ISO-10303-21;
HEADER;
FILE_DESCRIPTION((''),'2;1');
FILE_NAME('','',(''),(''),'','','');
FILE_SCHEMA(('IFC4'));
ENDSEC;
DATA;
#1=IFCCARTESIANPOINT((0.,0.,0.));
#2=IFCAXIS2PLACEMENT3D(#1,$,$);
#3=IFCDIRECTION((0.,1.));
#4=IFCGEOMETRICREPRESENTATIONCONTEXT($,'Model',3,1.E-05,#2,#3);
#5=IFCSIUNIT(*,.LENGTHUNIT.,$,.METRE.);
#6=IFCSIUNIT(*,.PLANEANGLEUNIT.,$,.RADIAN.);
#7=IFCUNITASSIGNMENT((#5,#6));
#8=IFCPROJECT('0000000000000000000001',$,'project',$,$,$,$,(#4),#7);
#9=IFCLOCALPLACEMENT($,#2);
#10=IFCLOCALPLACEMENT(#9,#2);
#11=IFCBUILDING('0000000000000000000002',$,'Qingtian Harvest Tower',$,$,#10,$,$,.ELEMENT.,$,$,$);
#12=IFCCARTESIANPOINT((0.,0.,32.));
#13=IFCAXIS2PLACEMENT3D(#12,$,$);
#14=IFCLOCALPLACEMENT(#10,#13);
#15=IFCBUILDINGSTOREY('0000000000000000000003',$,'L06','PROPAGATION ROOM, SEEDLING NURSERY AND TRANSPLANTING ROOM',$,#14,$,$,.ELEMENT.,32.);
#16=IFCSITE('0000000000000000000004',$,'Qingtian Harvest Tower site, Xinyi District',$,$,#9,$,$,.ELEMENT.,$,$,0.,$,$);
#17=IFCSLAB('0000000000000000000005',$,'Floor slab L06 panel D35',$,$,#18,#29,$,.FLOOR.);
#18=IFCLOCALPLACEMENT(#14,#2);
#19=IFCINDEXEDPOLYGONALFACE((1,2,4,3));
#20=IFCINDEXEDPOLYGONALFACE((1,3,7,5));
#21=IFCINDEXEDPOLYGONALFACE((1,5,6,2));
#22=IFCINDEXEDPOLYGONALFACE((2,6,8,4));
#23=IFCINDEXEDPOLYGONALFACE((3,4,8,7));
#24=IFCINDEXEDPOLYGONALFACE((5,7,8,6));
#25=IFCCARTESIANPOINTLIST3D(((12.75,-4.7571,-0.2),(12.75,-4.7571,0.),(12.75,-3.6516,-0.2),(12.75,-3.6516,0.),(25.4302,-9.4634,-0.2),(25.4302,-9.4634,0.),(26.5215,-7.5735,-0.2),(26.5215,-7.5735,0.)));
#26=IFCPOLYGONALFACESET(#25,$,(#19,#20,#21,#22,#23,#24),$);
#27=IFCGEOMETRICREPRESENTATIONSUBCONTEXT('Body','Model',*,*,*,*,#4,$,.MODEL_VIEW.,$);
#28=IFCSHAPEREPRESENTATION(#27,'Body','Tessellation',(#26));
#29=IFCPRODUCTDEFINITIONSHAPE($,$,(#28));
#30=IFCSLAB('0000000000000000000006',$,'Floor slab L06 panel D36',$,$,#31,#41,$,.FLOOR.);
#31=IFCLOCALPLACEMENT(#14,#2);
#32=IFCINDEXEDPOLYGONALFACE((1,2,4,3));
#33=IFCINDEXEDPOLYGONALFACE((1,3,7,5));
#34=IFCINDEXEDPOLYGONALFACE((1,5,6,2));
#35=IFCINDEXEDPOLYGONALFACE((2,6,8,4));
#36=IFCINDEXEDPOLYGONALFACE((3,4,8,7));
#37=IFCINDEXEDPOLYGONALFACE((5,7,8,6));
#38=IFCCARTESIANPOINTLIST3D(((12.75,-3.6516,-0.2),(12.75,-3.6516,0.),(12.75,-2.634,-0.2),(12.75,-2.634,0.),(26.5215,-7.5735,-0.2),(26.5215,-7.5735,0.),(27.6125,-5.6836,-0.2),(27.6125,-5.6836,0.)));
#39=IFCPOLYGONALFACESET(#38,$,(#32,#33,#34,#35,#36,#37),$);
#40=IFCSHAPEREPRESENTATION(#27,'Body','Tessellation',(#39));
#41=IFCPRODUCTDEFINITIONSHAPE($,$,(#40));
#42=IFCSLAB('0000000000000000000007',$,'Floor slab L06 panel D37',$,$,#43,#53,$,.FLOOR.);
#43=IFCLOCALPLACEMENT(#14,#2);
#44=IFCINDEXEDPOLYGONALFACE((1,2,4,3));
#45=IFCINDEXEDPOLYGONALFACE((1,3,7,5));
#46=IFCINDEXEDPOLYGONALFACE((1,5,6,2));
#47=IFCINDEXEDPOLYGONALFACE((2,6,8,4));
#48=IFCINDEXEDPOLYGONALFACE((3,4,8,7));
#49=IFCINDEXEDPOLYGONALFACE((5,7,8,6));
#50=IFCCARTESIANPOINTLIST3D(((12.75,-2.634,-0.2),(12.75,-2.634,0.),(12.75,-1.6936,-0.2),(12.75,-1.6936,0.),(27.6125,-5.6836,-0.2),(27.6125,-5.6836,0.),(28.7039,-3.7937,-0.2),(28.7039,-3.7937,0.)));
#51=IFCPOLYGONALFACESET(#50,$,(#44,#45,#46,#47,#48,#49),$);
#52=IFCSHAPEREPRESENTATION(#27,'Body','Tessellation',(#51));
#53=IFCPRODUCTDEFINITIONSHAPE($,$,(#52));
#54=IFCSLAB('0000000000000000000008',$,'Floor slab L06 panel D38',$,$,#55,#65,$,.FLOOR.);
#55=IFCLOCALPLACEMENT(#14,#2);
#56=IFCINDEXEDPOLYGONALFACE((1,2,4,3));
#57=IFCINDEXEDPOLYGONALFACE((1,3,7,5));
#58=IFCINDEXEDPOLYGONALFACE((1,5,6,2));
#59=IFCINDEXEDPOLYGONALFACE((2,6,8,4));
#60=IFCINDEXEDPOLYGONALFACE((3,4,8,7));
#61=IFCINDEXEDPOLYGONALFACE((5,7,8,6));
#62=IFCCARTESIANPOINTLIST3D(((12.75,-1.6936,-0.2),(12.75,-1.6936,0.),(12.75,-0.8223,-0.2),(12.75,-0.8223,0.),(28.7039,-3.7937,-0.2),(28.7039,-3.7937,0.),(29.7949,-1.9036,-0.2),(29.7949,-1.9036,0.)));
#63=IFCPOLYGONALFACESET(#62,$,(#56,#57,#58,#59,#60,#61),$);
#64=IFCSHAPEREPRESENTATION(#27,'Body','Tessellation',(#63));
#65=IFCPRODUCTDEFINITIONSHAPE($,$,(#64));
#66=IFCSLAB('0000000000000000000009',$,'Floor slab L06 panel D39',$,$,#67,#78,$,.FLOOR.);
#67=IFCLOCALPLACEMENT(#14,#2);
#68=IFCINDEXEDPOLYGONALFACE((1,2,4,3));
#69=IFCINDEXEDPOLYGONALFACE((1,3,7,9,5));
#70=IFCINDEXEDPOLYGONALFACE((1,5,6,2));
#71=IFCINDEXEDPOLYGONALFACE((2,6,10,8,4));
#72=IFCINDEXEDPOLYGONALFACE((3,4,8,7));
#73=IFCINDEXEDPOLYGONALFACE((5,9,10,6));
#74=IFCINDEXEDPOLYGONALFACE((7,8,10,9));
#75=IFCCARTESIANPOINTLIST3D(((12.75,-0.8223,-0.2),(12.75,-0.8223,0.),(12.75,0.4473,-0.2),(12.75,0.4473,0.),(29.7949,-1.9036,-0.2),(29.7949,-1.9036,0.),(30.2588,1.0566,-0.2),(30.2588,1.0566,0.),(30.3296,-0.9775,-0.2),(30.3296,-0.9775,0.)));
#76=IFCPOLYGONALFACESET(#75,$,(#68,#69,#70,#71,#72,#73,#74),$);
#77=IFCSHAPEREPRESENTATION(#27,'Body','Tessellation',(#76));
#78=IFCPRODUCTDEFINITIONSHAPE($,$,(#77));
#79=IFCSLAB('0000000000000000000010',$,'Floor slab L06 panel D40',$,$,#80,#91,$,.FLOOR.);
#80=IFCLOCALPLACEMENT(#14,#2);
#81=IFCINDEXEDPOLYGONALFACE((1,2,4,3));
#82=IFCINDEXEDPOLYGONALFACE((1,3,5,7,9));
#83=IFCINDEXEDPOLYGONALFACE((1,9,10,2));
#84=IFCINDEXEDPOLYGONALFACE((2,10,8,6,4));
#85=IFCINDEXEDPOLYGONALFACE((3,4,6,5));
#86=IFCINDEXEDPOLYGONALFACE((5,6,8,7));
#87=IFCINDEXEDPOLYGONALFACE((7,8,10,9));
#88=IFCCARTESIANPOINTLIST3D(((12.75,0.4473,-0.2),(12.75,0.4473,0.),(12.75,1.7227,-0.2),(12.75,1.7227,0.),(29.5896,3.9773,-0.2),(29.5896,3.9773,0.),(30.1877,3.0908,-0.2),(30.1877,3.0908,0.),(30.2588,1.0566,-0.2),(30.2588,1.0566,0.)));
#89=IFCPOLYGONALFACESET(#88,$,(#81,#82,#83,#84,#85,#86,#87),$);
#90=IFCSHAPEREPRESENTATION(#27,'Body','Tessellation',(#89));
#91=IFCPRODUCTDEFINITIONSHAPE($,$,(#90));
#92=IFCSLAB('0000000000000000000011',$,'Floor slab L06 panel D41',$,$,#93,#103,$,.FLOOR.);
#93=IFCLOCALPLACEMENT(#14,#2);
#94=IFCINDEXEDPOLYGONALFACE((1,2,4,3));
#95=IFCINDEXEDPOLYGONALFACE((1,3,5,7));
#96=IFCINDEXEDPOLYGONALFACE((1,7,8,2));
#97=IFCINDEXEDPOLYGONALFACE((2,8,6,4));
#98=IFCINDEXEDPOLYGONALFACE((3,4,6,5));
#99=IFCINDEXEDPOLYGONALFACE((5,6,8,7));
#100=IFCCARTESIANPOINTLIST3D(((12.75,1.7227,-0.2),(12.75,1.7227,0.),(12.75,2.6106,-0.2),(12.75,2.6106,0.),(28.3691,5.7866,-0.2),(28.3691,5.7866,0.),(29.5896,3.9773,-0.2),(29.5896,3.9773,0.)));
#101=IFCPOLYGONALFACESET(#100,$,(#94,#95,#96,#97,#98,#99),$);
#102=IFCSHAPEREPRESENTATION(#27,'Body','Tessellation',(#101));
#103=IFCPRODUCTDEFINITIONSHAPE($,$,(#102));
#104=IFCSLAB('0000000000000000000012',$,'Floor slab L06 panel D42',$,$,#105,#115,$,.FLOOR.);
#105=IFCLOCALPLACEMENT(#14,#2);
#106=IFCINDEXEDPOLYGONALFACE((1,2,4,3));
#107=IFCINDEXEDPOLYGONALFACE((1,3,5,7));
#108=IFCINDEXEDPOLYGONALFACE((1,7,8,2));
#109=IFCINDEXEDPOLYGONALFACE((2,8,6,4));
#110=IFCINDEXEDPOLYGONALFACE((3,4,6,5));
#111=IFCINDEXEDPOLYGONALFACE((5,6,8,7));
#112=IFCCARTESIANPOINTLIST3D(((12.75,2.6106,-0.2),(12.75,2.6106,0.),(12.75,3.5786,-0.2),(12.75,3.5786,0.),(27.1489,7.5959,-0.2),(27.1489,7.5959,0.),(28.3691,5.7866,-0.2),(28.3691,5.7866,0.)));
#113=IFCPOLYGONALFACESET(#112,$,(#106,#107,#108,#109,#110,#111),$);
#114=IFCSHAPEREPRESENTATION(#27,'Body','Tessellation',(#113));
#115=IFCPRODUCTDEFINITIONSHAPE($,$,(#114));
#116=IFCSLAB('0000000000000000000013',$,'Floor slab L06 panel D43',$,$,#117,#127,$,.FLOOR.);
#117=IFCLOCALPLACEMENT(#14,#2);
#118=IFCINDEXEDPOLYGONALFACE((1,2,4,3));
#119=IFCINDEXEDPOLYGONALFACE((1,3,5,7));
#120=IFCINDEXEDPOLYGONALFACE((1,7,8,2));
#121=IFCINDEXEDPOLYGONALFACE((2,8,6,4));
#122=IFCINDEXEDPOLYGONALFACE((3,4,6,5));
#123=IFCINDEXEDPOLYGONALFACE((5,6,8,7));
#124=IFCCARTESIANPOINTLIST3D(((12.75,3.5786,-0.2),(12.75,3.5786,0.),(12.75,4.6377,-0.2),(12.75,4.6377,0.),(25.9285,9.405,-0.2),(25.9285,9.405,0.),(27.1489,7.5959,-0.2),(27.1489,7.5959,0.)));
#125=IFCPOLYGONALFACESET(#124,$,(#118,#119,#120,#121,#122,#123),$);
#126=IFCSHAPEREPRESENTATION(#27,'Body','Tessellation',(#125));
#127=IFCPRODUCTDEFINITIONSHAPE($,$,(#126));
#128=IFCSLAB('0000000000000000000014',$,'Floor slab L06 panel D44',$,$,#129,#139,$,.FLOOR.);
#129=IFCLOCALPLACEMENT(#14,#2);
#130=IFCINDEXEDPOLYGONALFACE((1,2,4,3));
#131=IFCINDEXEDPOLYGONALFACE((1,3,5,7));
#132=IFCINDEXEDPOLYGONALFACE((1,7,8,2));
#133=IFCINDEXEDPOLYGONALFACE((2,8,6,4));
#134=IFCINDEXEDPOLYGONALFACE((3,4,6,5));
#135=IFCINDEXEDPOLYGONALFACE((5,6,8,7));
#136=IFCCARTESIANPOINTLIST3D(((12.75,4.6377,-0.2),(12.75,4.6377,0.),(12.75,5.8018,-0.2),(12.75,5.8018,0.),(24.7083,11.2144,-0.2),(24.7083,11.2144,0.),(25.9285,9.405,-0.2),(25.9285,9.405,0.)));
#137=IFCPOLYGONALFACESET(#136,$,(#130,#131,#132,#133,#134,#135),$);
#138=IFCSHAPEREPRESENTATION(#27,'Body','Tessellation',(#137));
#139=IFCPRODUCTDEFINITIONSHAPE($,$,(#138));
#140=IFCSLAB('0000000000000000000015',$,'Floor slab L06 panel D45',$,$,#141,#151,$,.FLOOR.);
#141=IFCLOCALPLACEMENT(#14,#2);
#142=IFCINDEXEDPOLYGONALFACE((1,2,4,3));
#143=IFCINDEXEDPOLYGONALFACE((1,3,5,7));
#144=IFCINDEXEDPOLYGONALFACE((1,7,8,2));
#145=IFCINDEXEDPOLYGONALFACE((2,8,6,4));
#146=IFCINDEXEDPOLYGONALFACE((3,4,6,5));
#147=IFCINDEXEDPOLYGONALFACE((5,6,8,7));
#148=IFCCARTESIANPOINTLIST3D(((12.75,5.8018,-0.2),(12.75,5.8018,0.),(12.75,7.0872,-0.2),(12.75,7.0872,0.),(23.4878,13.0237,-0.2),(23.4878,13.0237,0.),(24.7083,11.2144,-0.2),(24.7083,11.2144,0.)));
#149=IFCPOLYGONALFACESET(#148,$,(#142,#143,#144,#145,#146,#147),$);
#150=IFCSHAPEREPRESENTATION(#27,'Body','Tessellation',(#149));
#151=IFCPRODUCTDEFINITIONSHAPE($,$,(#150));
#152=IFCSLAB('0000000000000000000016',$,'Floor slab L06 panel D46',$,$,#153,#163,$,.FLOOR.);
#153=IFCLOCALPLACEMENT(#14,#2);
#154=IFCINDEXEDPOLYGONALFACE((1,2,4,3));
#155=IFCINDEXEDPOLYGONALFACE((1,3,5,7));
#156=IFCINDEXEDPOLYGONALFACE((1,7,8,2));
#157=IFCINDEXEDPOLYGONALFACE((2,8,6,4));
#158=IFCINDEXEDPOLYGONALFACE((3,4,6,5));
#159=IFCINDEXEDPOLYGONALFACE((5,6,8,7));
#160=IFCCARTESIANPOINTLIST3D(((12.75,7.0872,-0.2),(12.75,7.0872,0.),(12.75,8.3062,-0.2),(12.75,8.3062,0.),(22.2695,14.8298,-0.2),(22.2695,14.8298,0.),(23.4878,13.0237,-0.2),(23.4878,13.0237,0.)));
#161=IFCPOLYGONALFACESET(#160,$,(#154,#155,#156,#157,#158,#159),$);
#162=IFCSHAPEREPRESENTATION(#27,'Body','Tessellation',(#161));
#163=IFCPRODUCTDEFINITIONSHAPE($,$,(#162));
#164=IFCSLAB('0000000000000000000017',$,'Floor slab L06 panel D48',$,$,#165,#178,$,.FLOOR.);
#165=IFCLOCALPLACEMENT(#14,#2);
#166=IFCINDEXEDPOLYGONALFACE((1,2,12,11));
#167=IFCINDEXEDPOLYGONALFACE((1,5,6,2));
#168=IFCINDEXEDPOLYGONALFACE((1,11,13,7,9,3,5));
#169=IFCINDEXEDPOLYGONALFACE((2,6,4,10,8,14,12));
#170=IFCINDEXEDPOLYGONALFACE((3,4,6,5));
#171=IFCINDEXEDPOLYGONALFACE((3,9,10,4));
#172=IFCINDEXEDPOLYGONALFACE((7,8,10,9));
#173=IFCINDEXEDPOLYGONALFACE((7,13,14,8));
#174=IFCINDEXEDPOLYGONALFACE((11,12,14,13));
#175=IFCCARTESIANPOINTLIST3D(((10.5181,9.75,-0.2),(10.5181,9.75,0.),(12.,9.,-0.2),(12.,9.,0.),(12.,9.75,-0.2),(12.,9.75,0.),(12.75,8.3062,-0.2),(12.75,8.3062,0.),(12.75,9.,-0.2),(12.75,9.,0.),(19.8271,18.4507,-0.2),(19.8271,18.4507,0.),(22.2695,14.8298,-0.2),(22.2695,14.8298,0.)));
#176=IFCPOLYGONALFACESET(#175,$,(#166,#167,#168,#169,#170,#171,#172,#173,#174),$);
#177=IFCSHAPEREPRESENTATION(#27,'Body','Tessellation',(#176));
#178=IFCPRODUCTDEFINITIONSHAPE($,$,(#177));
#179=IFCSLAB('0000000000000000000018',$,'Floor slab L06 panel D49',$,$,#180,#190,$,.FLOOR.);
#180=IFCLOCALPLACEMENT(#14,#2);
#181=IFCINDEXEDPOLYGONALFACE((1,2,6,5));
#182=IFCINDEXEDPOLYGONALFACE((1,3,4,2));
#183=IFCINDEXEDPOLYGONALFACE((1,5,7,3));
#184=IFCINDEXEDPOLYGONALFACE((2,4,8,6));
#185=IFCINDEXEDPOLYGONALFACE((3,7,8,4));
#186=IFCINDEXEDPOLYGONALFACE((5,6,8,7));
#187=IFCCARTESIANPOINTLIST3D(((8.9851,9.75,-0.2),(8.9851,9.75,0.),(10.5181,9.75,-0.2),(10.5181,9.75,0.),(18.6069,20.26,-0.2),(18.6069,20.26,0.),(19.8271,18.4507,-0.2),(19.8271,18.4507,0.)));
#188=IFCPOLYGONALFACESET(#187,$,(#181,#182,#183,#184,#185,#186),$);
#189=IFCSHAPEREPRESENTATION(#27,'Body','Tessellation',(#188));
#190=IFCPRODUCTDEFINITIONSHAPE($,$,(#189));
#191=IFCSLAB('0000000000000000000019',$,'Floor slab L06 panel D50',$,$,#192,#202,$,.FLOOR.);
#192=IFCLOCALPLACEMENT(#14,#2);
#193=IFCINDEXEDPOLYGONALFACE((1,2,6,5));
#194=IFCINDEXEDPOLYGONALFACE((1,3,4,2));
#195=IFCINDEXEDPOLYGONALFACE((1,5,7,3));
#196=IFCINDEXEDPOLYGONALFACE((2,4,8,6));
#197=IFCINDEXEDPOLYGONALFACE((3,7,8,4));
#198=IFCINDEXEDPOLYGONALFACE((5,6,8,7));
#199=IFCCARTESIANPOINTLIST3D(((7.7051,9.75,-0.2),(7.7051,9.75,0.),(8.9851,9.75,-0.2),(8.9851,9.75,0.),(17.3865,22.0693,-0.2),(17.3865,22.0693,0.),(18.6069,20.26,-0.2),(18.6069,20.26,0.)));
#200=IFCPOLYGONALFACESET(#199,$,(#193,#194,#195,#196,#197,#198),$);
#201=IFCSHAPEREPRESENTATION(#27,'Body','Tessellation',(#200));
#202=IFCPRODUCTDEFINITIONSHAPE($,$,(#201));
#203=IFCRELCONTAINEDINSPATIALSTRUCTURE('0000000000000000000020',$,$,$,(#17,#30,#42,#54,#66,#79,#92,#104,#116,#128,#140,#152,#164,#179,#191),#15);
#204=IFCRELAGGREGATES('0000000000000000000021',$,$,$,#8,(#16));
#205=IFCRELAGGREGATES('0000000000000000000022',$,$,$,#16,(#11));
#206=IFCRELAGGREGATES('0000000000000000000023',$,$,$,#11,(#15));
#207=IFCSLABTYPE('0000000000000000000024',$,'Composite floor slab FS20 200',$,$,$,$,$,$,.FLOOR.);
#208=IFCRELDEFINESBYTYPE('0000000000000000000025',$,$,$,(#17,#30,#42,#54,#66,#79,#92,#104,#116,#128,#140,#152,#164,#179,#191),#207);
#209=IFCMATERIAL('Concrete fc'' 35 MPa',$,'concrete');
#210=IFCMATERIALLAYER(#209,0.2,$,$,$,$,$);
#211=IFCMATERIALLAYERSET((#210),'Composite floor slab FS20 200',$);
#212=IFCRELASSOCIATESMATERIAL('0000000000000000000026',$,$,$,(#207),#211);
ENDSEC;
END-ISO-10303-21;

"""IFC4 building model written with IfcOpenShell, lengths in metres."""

from ifc_helpers import new_model, si_unit, direction, frame, origin, place, context, subcontext, project, spatial, polyline, outline, extrude, material, layer, layer_set, type_object, element, save


model = new_model("IFC4")

# Units and contexts
model_context = context("Model", 3, precision=1e-05, world=origin(), true_north=direction((0.0, 1.0)))
body_context = subcontext(model_context, "Body", "Model", "MODEL_VIEW")
ifc_project = project(units=[si_unit("LENGTHUNIT", "METRE"), si_unit("PLANEANGLEUNIT", "RADIAN")], contexts=[model_context])

# Site, building, storey
site_placement = place(None, origin())
site = spatial("IfcSite", under=ifc_project, at=site_placement, Name="Qingtian Harvest Tower site, Xinyi District", CompositionType="ELEMENT", RefElevation=0.0)
building_placement = place(site_placement, origin())
building = spatial("IfcBuilding", under=site, at=building_placement, Name="Qingtian Harvest Tower", CompositionType="ELEMENT")
storey_placement = place(building_placement, frame((0.0, 0.0, 32.0)))
storey = spatial("IfcBuildingStorey", under=building, at=storey_placement, Name="L06", Description="PROPAGATION ROOM, SEEDLING NURSERY AND TRANSPLANTING ROOM", CompositionType="ELEMENT", Elevation=32.0)

# Slabs
ifc_material_1 = material(Name="Concrete fc' 35 MPa", Category="concrete")
ifc_layer_1 = layer(ifc_material_1, 0.2)
ifc_layer_set_1 = layer_set([ifc_layer_1], Name="Composite floor slab FS20 200")
slab_type = type_object("IfcSlabType", Name="Composite floor slab FS20 200", PredefinedType="FLOOR", material=ifc_layer_set_1)
slab_1_placement = place(storey_placement, frame((0.0, 0.0, -0.2)))
element("IfcSlab", 1, at=slab_1_placement, inside=storey, type_object=slab_type, Name="Floor slab L06 panel D35", PredefinedType="FLOOR", context=body_context, shape_type="SweptSolid", body=[
    extrude(outline(polyline([(12.75, -3.6516), (26.5215, -7.5735), (25.4302, -9.4634), (12.75, -4.7571), (12.75, -3.6516)])), origin(), (0.0, 0.0, 1.0), 0.2),
])
slab_2_placement = place(storey_placement, frame((0.0, 0.0, -0.2)))
element("IfcSlab", 2, at=slab_2_placement, inside=storey, type_object=slab_type, Name="Floor slab L06 panel D36", PredefinedType="FLOOR", context=body_context, shape_type="SweptSolid", body=[
    extrude(outline(polyline([(12.75, -2.634), (27.6125, -5.6836), (26.5215, -7.5735), (12.75, -3.6516), (12.75, -2.634)])), origin(), (0.0, 0.0, 1.0), 0.2),
])
slab_3_placement = place(storey_placement, frame((0.0, 0.0, -0.2)))
element("IfcSlab", 3, at=slab_3_placement, inside=storey, type_object=slab_type, Name="Floor slab L06 panel D37", PredefinedType="FLOOR", context=body_context, shape_type="SweptSolid", body=[
    extrude(outline(polyline([(12.75, -1.6936), (28.7039, -3.7937), (27.6125, -5.6836), (12.75, -2.634), (12.75, -1.6936)])), origin(), (0.0, 0.0, 1.0), 0.2),
])
slab_4_placement = place(storey_placement, frame((0.0, 0.0, -0.2)))
element("IfcSlab", 4, at=slab_4_placement, inside=storey, type_object=slab_type, Name="Floor slab L06 panel D38", PredefinedType="FLOOR", context=body_context, shape_type="SweptSolid", body=[
    extrude(outline(polyline([(12.75, -0.8223), (29.7949, -1.9036), (28.7039, -3.7937), (12.75, -1.6936), (12.75, -0.8223)])), origin(), (0.0, 0.0, 1.0), 0.2),
])
slab_5_placement = place(storey_placement, frame((0.0, 0.0, -0.2)))
element("IfcSlab", 5, at=slab_5_placement, inside=storey, type_object=slab_type, Name="Floor slab L06 panel D39", PredefinedType="FLOOR", context=body_context, shape_type="SweptSolid", body=[
    extrude(outline(polyline([(12.75, -0.8223), (12.75, 0.4473), (30.2588, 1.0566), (30.3296, -0.9775), (29.7949, -1.9036), (12.75, -0.8223)])), origin(), (0.0, 0.0, 1.0), 0.2),
])
slab_6_placement = place(storey_placement, frame((0.0, 0.0, -0.2)))
element("IfcSlab", 6, at=slab_6_placement, inside=storey, type_object=slab_type, Name="Floor slab L06 panel D40", PredefinedType="FLOOR", context=body_context, shape_type="SweptSolid", body=[
    extrude(outline(polyline([(12.75, 0.4473), (12.75, 1.7227), (29.5896, 3.9773), (30.1877, 3.0908), (30.2588, 1.0566), (12.75, 0.4473)])), origin(), (0.0, 0.0, 1.0), 0.2),
])
slab_7_placement = place(storey_placement, frame((0.0, 0.0, -0.2)))
element("IfcSlab", 7, at=slab_7_placement, inside=storey, type_object=slab_type, Name="Floor slab L06 panel D41", PredefinedType="FLOOR", context=body_context, shape_type="SweptSolid", body=[
    extrude(outline(polyline([(12.75, 2.6106), (28.3691, 5.7866), (29.5896, 3.9773), (12.75, 1.7227), (12.75, 2.6106)])), origin(), (0.0, 0.0, 1.0), 0.2),
])
slab_8_placement = place(storey_placement, frame((0.0, 0.0, -0.2)))
element("IfcSlab", 8, at=slab_8_placement, inside=storey, type_object=slab_type, Name="Floor slab L06 panel D42", PredefinedType="FLOOR", context=body_context, shape_type="SweptSolid", body=[
    extrude(outline(polyline([(12.75, 3.5786), (27.1489, 7.5959), (28.3691, 5.7866), (12.75, 2.6106), (12.75, 3.5786)])), origin(), (0.0, 0.0, 1.0), 0.2),
])
slab_9_placement = place(storey_placement, frame((0.0, 0.0, -0.2)))
element("IfcSlab", 9, at=slab_9_placement, inside=storey, type_object=slab_type, Name="Floor slab L06 panel D43", PredefinedType="FLOOR", context=body_context, shape_type="SweptSolid", body=[
    extrude(outline(polyline([(12.75, 4.6377), (25.9285, 9.405), (27.1489, 7.5959), (12.75, 3.5786), (12.75, 4.6377)])), origin(), (0.0, 0.0, 1.0), 0.2),
])
slab_10_placement = place(storey_placement, frame((0.0, 0.0, -0.2)))
element("IfcSlab", 10, at=slab_10_placement, inside=storey, type_object=slab_type, Name="Floor slab L06 panel D44", PredefinedType="FLOOR", context=body_context, shape_type="SweptSolid", body=[
    extrude(outline(polyline([(12.75, 5.8018), (24.7083, 11.2144), (25.9285, 9.405), (12.75, 4.6377), (12.75, 5.8018)])), origin(), (0.0, 0.0, 1.0), 0.2),
])
slab_11_placement = place(storey_placement, frame((0.0, 0.0, -0.2)))
element("IfcSlab", 11, at=slab_11_placement, inside=storey, type_object=slab_type, Name="Floor slab L06 panel D45", PredefinedType="FLOOR", context=body_context, shape_type="SweptSolid", body=[
    extrude(outline(polyline([(12.75, 7.0872), (23.4878, 13.0237), (24.7083, 11.2144), (12.75, 5.8018), (12.75, 7.0872)])), origin(), (0.0, 0.0, 1.0), 0.2),
])
slab_12_placement = place(storey_placement, frame((0.0, 0.0, -0.2)))
element("IfcSlab", 12, at=slab_12_placement, inside=storey, type_object=slab_type, Name="Floor slab L06 panel D46", PredefinedType="FLOOR", context=body_context, shape_type="SweptSolid", body=[
    extrude(outline(polyline([(12.75, 8.3062), (22.2695, 14.8298), (23.4878, 13.0237), (12.75, 7.0872), (12.75, 8.3062)])), origin(), (0.0, 0.0, 1.0), 0.2),
])
slab_13_placement = place(storey_placement, frame((0.0, 0.0, -0.2)))
element("IfcSlab", 13, at=slab_13_placement, inside=storey, type_object=slab_type, Name="Floor slab L06 panel D48", PredefinedType="FLOOR", context=body_context, shape_type="SweptSolid", body=[
    extrude(outline(polyline([(19.8271, 18.4507), (22.2695, 14.8298), (12.75, 8.3062), (12.75, 9.0), (12.0, 9.0), (12.0, 9.75), (10.5181, 9.75), (19.8271, 18.4507)])), origin(), (0.0, 0.0, 1.0), 0.2),
])
slab_14_placement = place(storey_placement, frame((0.0, 0.0, -0.2)))
element("IfcSlab", 14, at=slab_14_placement, inside=storey, type_object=slab_type, Name="Floor slab L06 panel D49", PredefinedType="FLOOR", context=body_context, shape_type="SweptSolid", body=[
    extrude(outline(polyline([(8.9851, 9.75), (18.6069, 20.26), (19.8271, 18.4507), (10.5181, 9.75), (8.9851, 9.75)])), origin(), (0.0, 0.0, 1.0), 0.2),
])
slab_15_placement = place(storey_placement, frame((0.0, 0.0, -0.2)))
element("IfcSlab", 15, at=slab_15_placement, inside=storey, type_object=slab_type, Name="Floor slab L06 panel D50", PredefinedType="FLOOR", context=body_context, shape_type="SweptSolid", body=[
    extrude(outline(polyline([(7.7051, 9.75), (17.3865, 22.0693), (18.6069, 20.26), (8.9851, 9.75), (7.7051, 9.75)])), origin(), (0.0, 0.0, 1.0), 0.2),
])

save(model, "model.ifc")
